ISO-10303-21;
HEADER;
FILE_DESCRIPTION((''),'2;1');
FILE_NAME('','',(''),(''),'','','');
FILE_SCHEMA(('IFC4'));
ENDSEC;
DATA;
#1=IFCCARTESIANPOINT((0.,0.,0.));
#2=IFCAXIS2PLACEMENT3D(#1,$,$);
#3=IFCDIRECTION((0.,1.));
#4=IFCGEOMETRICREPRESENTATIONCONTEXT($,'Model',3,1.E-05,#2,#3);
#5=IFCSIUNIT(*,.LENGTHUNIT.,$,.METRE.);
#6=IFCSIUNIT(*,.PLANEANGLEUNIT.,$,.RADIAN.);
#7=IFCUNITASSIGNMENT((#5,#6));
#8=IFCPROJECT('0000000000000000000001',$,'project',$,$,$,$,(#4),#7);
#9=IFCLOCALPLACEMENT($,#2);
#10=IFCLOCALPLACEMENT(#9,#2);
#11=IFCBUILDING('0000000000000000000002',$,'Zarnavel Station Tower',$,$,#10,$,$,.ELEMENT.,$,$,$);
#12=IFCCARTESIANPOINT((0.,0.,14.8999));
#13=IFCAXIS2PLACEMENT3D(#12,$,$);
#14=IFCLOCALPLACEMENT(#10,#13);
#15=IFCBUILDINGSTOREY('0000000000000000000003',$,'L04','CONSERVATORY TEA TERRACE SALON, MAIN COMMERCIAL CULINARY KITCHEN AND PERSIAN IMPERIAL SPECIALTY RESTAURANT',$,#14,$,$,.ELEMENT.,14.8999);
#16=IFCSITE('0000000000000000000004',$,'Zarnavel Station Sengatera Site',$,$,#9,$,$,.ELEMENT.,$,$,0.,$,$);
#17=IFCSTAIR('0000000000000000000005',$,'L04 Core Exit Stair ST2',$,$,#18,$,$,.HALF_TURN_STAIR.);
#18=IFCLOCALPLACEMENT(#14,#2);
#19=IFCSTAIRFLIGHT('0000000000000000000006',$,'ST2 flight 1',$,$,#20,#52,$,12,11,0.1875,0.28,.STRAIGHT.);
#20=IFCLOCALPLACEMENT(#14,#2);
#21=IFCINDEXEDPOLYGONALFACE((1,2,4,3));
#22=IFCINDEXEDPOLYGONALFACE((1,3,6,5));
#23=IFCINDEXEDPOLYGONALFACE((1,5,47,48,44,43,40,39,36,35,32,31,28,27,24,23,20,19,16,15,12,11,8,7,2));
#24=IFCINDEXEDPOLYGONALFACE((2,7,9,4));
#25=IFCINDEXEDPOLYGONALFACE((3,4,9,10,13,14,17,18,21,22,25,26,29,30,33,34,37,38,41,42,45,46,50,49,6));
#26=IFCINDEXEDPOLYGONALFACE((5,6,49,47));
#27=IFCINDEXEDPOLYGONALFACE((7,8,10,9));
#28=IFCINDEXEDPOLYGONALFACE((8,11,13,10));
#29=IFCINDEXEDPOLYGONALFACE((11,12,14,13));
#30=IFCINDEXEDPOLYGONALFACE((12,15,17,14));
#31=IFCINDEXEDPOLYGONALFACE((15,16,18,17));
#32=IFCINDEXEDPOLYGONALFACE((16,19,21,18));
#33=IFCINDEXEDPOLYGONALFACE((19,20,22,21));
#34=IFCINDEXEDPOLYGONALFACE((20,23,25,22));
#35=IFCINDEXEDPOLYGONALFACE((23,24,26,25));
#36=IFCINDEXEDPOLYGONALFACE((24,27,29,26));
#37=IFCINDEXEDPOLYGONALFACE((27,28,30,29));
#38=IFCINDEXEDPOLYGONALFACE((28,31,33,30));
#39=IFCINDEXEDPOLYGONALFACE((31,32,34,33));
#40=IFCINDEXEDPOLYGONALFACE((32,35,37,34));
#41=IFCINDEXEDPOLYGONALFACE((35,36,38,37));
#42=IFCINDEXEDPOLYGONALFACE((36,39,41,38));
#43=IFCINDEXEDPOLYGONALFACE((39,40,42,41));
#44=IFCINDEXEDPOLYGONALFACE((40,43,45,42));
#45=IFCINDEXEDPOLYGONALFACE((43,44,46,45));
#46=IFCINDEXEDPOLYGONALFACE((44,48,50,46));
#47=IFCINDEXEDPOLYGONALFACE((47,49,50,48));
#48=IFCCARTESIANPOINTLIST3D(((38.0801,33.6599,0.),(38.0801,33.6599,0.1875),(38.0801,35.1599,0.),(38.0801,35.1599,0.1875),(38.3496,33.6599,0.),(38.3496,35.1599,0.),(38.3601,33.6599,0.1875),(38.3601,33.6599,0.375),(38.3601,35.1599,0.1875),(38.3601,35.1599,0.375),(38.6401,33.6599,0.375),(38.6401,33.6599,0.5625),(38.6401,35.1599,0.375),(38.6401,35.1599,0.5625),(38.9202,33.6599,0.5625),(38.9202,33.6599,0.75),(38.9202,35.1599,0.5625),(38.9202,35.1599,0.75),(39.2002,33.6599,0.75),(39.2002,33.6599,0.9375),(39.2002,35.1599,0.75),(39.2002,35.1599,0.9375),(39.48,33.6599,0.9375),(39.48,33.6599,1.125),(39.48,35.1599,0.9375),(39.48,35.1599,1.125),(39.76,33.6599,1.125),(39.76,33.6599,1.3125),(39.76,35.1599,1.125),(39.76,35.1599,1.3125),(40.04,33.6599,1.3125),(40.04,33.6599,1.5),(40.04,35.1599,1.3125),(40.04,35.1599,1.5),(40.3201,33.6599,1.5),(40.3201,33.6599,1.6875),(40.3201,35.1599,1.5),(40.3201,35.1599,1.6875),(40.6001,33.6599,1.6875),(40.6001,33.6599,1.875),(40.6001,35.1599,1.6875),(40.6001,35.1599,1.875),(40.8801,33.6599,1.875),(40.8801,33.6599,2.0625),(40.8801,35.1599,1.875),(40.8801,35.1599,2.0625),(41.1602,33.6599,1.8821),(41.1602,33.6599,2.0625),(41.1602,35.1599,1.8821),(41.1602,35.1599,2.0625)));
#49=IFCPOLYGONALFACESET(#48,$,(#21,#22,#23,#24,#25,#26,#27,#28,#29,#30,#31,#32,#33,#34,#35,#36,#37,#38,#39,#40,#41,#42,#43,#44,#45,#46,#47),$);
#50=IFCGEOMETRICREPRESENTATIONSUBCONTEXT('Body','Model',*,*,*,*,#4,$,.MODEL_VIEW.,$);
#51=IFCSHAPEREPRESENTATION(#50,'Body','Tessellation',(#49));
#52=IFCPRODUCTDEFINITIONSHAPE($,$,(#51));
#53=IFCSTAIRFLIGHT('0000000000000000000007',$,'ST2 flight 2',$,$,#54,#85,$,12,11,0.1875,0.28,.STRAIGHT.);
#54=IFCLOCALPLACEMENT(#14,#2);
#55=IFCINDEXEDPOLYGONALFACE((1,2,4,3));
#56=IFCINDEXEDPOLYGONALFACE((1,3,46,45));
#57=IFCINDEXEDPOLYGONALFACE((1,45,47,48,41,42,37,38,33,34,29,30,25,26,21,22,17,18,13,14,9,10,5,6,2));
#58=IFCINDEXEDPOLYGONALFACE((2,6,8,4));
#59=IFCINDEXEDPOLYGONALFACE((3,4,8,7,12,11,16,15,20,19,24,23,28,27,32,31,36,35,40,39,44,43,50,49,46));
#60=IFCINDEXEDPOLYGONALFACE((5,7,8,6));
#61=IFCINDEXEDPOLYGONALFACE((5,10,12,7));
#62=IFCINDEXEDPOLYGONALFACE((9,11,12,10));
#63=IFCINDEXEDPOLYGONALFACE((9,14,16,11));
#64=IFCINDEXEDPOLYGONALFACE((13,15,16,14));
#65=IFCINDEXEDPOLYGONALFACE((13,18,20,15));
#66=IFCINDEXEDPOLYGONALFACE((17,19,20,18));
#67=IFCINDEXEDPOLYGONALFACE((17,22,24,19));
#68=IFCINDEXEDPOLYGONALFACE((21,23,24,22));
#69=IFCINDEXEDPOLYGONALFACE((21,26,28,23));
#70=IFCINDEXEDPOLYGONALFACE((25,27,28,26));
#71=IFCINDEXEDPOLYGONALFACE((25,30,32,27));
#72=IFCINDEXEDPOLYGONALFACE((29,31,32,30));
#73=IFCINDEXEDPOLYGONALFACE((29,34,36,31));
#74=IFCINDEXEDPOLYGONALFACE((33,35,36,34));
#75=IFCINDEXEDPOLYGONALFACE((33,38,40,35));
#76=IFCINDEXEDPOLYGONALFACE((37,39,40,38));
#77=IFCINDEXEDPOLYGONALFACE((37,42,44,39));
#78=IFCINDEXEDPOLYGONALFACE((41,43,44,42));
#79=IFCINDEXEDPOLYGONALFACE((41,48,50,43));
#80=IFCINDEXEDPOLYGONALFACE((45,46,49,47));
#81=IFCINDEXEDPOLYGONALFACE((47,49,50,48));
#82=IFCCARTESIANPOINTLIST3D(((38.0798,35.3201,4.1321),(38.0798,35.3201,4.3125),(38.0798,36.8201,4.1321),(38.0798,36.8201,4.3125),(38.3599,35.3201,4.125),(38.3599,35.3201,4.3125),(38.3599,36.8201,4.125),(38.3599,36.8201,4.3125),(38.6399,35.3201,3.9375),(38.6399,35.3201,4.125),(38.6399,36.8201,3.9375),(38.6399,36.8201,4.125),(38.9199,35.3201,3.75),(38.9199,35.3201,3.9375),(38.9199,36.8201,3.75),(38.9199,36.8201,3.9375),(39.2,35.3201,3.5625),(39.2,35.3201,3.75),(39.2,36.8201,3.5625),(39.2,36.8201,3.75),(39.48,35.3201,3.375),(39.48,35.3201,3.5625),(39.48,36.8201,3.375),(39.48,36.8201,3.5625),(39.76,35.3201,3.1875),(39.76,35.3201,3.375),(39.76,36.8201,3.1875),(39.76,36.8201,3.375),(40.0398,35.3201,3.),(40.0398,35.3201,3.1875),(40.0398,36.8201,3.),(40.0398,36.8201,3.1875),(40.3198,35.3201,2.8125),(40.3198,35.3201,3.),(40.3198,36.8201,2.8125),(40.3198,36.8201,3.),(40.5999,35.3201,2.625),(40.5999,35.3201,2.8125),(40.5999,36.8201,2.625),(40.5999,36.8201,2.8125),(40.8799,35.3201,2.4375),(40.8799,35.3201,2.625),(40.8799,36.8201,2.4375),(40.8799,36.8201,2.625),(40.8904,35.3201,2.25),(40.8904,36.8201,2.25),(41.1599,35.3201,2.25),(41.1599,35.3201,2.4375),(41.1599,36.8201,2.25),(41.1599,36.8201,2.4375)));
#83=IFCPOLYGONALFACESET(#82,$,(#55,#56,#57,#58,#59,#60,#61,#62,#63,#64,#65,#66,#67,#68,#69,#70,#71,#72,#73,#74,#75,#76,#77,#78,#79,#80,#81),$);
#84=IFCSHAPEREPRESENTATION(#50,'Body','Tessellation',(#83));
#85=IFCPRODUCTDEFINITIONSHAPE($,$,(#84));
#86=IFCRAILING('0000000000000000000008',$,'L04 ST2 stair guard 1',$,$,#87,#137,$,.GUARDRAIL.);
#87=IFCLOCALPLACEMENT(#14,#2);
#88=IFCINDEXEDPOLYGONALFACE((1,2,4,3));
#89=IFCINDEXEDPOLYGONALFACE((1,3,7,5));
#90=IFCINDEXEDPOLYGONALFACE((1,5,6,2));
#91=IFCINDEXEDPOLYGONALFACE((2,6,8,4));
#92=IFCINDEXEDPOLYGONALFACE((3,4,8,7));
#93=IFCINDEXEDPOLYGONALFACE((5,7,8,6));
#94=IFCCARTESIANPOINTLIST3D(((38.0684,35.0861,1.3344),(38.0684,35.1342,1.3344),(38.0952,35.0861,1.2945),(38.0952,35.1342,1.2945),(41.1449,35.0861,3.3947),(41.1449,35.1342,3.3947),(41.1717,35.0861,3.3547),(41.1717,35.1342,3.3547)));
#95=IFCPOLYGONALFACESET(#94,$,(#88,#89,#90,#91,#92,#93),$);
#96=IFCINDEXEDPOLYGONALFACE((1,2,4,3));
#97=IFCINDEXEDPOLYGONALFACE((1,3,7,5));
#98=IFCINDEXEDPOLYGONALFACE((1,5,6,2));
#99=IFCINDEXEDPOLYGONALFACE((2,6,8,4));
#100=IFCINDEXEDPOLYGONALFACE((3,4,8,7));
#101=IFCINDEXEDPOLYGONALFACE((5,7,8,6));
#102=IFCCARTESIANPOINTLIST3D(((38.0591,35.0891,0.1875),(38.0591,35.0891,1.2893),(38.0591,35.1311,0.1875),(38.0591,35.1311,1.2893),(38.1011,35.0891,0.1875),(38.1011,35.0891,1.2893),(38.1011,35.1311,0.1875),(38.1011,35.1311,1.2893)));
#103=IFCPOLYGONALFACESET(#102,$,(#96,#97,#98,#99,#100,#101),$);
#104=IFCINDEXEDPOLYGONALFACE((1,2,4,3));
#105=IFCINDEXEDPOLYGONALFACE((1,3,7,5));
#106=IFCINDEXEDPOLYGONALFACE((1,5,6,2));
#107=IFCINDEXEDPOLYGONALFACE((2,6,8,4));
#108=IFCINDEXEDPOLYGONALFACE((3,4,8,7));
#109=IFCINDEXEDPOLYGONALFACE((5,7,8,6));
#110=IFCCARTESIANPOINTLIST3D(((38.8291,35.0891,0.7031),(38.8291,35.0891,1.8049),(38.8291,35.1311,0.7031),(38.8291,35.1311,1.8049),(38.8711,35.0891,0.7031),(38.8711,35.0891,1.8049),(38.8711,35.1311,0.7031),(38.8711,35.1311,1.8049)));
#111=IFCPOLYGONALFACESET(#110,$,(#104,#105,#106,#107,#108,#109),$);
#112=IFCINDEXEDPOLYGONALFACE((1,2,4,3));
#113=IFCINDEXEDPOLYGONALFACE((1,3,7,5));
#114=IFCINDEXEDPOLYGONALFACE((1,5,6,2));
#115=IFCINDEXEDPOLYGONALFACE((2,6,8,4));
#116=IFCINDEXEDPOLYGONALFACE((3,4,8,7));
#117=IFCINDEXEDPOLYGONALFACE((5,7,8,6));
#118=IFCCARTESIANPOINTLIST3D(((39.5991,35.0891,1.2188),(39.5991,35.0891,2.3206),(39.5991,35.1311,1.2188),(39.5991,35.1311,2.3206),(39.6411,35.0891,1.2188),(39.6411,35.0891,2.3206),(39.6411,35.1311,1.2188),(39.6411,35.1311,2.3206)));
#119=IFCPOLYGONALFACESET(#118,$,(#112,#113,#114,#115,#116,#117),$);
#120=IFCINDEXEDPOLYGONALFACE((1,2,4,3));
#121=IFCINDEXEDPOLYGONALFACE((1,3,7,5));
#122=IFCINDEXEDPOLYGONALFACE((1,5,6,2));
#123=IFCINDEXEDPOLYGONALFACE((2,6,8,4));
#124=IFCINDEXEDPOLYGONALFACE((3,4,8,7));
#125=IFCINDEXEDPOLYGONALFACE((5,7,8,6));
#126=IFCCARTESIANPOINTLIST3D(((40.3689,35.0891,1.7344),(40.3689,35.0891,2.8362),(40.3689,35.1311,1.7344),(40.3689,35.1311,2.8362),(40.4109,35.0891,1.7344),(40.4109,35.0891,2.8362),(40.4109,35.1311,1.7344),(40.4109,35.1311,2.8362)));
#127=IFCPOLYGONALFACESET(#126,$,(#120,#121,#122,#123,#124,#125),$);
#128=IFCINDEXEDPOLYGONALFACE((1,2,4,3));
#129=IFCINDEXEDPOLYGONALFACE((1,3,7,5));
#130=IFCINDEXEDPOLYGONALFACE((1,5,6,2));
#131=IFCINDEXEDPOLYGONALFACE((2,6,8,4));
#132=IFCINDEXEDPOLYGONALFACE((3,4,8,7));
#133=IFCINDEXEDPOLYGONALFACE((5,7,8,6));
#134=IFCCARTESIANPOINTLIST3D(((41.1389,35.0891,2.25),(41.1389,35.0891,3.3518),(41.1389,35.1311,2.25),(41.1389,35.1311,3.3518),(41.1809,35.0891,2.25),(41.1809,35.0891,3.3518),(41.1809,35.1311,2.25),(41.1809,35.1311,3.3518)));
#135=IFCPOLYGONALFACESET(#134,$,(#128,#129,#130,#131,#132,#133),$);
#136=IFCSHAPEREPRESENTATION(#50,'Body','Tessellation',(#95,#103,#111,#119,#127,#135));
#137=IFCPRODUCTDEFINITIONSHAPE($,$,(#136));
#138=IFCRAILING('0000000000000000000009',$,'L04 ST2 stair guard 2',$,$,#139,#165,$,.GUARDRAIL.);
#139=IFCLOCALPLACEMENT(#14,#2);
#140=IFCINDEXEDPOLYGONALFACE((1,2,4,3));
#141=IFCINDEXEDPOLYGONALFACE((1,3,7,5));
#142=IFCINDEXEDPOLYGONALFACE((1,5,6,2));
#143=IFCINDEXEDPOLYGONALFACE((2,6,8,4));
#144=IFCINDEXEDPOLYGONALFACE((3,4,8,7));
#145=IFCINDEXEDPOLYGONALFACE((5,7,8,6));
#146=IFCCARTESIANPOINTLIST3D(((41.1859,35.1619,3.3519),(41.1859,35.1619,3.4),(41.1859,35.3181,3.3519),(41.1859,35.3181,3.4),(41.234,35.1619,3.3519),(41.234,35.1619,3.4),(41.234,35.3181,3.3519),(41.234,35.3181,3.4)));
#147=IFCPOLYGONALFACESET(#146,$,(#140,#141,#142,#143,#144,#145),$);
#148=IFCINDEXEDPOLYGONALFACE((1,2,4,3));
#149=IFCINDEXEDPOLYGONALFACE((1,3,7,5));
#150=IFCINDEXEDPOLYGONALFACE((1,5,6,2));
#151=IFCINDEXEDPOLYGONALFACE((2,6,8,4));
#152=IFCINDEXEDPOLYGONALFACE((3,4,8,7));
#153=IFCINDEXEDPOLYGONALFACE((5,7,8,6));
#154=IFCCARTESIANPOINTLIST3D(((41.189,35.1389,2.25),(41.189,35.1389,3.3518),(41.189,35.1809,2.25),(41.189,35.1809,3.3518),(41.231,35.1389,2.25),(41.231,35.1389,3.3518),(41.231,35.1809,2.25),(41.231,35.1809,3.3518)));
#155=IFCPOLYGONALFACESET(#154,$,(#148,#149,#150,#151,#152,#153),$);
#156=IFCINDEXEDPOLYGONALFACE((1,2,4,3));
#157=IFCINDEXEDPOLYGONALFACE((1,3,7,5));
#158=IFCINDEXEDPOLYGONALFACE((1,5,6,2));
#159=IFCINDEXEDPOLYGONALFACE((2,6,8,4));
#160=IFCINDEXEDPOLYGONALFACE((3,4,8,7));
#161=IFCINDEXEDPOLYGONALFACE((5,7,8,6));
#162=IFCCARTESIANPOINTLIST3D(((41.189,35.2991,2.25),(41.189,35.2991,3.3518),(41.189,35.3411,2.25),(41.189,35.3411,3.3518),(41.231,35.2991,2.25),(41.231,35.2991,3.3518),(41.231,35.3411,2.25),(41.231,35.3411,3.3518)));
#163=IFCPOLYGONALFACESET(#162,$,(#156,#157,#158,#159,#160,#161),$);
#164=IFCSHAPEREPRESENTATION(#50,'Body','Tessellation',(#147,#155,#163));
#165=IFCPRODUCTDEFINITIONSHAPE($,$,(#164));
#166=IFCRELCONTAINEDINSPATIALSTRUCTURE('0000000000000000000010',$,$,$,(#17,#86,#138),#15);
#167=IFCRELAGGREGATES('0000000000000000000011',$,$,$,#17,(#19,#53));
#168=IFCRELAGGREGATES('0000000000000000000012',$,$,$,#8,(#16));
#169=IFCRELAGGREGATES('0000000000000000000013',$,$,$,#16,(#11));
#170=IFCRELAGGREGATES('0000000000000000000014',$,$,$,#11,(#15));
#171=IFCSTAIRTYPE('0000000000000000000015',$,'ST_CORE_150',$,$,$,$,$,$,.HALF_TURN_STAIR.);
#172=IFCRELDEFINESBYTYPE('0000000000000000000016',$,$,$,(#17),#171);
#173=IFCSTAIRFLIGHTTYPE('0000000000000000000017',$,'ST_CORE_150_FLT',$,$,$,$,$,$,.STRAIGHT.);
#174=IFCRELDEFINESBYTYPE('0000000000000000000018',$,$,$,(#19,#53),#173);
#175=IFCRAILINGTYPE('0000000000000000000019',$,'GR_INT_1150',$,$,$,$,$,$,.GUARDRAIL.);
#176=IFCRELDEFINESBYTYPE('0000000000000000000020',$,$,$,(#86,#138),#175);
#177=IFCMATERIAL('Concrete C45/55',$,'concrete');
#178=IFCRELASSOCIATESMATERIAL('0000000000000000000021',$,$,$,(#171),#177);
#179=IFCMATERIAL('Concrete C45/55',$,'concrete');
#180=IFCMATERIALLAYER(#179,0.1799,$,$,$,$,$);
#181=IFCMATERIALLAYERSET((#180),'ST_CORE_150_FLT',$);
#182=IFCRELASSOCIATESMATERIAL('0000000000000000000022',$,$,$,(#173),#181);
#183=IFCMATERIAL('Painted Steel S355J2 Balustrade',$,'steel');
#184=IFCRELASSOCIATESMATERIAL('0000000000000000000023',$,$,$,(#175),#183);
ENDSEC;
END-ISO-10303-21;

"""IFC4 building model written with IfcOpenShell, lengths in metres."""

from ifc_helpers import new_model, si_unit, direction, frame, origin, origin_2d, place, context, subcontext, project, spatial, polyline, rectangle, outline, extrude, material, layer, layer_set, type_object, element, aggregate, save


model = new_model("IFC4")

# Units and contexts
model_context = context("Model", 3, precision=1e-05, world=origin(), true_north=direction((0.0, 1.0)))
body_context = subcontext(model_context, "Body", "Model", "MODEL_VIEW")
ifc_project = project(units=[si_unit("LENGTHUNIT", "METRE"), si_unit("PLANEANGLEUNIT", "RADIAN")], contexts=[model_context])

# Site, building, storey
site_placement = place(None, origin())
site = spatial("IfcSite", under=ifc_project, at=site_placement, Name="Zarnavel Station Sengatera Site", CompositionType="ELEMENT", RefElevation=0.0)
building_placement = place(site_placement, origin())
building = spatial("IfcBuilding", under=site, at=building_placement, Name="Zarnavel Station Tower", CompositionType="ELEMENT")
storey_placement = place(building_placement, frame((0.0, 0.0, 14.8999)))
storey = spatial("IfcBuildingStorey", under=building, at=storey_placement, Name="L04", Description="CONSERVATORY TEA TERRACE SALON, MAIN COMMERCIAL CULINARY KITCHEN AND PERSIAN IMPERIAL SPECIALTY RESTAURANT", CompositionType="ELEMENT", Elevation=14.8999)

# Stair, stair flights
ifc_material_1 = material(Name="Concrete C45/55", Category="concrete")
stair_type = type_object("IfcStairType", Name="ST_CORE_150", PredefinedType="HALF_TURN_STAIR", material=ifc_material_1)
stair_placement = place(storey_placement, origin())
stair = element("IfcStair", 1, at=stair_placement, inside=storey, type_object=stair_type, Name="L04 Core Exit Stair ST2", PredefinedType="HALF_TURN_STAIR")
ifc_material_2 = material(Name="Concrete C45/55", Category="concrete")
ifc_layer_1 = layer(ifc_material_2, 0.1799)
ifc_layer_set_1 = layer_set([ifc_layer_1], Name="ST_CORE_150_FLT")
stair_flight_type = type_object("IfcStairFlightType", Name="ST_CORE_150_FLT", PredefinedType="STRAIGHT", material=ifc_layer_set_1)
stair_flight_1_placement = place(storey_placement, frame((38.0801, 34.4099, 0.0), z_axis=(0.0, 0.0, 1.0), x_axis=(1.0, 0.0, 0.0)))
stair_flight_1 = element("IfcStairFlight", 2, at=stair_flight_1_placement, type_object=stair_flight_type, Name="ST2 flight 1", NumberOfRisers=12, NumberOfTreads=11, PredefinedType="STRAIGHT", RiserHeight=0.1875, TreadLength=0.28, context=body_context, shape_type="SweptSolid", body=[
    extrude(outline(polyline([(0.0, 0.0), (0.0, 0.1875), (0.28, 0.1875), (0.28, 0.375), (0.5601, 0.375), (0.5601, 0.5625), (0.8401, 0.5625), (0.8401, 0.75), (1.1201, 0.75), (1.1201, 0.9375), (1.3999, 0.9375), (1.3999, 1.125), (1.6799, 1.125), (1.6799, 1.3125), (1.96, 1.3125), (1.96, 1.5), (2.24, 1.5), (2.24, 1.6875), (2.52, 1.6875), (2.52, 1.875), (2.8, 1.875), (2.8, 2.0625), (3.0801, 2.0625), (3.0801, 2.25), (3.0801, 1.8821), (0.2695, 0.0), (0.0, 0.0)])), frame((0.0, 0.75, 0.0), z_axis=(0.0, -1.0, 0.0), x_axis=(1.0, 0.0, 0.0)), (0.0, 0.0, 1.0), 1.5),
])
stair_flight_2_placement = place(storey_placement, frame((41.1599, 36.0701, 2.25), z_axis=(0.0, 0.0, 1.0), x_axis=(-1.0, 0.0, 0.0)))
stair_flight_2 = element("IfcStairFlight", 3, at=stair_flight_2_placement, type_object=stair_flight_type, Name="ST2 flight 2", NumberOfRisers=12, NumberOfTreads=11, PredefinedType="STRAIGHT", RiserHeight=0.1875, TreadLength=0.28, context=body_context, shape_type="SweptSolid", body=[
    extrude(outline(polyline([(0.0, 0.0), (0.0, 0.1875), (0.28, 0.1875), (0.28, 0.375), (0.5601, 0.375), (0.5601, 0.5625), (0.8401, 0.5625), (0.8401, 0.75), (1.1201, 0.75), (1.1201, 0.9375), (1.3999, 0.9375), (1.3999, 1.125), (1.6799, 1.125), (1.6799, 1.3125), (1.96, 1.3125), (1.96, 1.5), (2.24, 1.5), (2.24, 1.6875), (2.52, 1.6875), (2.52, 1.875), (2.8, 1.875), (2.8, 2.0625), (3.0801, 2.0625), (3.0801, 2.25), (3.0801, 1.8821), (0.2695, 0.0), (0.0, 0.0)])), frame((0.0, 0.75, 0.0), z_axis=(0.0, -1.0, 0.0), x_axis=(1.0, 0.0, 0.0)), (0.0, 0.0, 1.0), 1.5),
])
aggregate(stair, [stair_flight_1, stair_flight_2])

# Railings
ifc_material_3 = material(Name="Painted Steel S355J2 Balustrade", Category="steel")
railing_type_1 = type_object("IfcRailingType", Name="GR_INT_1150", PredefinedType="GUARDRAIL", material=ifc_material_3)
railing_1_placement = place(storey_placement, frame((38.0801, 35.1101, 0.1875)))
element("IfcRailing", 4, at=railing_1_placement, inside=storey, type_object=railing_type_1, Name="L04 ST2 stair guard 1", PredefinedType="GUARDRAIL", context=body_context, shape_type="SweptSolid", body=[
    extrude(rectangle(XDim=0.0481, YDim=0.0481, at=origin_2d()), frame((0.0017, 0.0, 1.127), z_axis=(0.830893, 0.0, 0.556432), x_axis=(0.0, 1.0, 0.0)), (0.0, 0.0, 1.0), 3.7026),
    extrude(rectangle(XDim=0.042, YDim=0.042, at=origin_2d()), origin(), (0.0, 0.0, 1.0), 1.1018),
    extrude(rectangle(XDim=0.042, YDim=0.042, at=origin_2d()), frame((0.77, 0.0, 0.5156)), (0.0, 0.0, 1.0), 1.1018),
    extrude(rectangle(XDim=0.042, YDim=0.042, at=origin_2d()), frame((1.54, 0.0, 1.0312)), (0.0, 0.0, 1.0), 1.1018),
    extrude(rectangle(XDim=0.042, YDim=0.042, at=origin_2d()), frame((2.3098, 0.0, 1.5469)), (0.0, 0.0, 1.0), 1.1018),
    extrude(rectangle(XDim=0.042, YDim=0.042, at=origin_2d()), frame((3.0798, 0.0, 2.0625)), (0.0, 0.0, 1.0), 1.1018),
])
railing_2_placement = place(storey_placement, frame((41.21, 35.1599, 2.25)))
element("IfcRailing", 5, at=railing_2_placement, inside=storey, type_object=railing_type_1, Name="L04 ST2 stair guard 2", PredefinedType="GUARDRAIL", context=body_context, shape_type="SweptSolid", body=[
    extrude(rectangle(XDim=0.0481, YDim=0.0481, at=origin_2d()), frame((0.0, 0.002, 1.126), z_axis=(0.0, 1.0, 0.0), x_axis=(-1.0, 0.0, 0.0)), (0.0, 0.0, 1.0), 0.1562),
    extrude(rectangle(XDim=0.042, YDim=0.042, at=origin_2d()), origin(), (0.0, 0.0, 1.0), 1.1018),
    extrude(rectangle(XDim=0.042, YDim=0.042, at=origin_2d()), frame((0.0, 0.1602, 0.0)), (0.0, 0.0, 1.0), 1.1018),
])

save(model, "model.ifc")
